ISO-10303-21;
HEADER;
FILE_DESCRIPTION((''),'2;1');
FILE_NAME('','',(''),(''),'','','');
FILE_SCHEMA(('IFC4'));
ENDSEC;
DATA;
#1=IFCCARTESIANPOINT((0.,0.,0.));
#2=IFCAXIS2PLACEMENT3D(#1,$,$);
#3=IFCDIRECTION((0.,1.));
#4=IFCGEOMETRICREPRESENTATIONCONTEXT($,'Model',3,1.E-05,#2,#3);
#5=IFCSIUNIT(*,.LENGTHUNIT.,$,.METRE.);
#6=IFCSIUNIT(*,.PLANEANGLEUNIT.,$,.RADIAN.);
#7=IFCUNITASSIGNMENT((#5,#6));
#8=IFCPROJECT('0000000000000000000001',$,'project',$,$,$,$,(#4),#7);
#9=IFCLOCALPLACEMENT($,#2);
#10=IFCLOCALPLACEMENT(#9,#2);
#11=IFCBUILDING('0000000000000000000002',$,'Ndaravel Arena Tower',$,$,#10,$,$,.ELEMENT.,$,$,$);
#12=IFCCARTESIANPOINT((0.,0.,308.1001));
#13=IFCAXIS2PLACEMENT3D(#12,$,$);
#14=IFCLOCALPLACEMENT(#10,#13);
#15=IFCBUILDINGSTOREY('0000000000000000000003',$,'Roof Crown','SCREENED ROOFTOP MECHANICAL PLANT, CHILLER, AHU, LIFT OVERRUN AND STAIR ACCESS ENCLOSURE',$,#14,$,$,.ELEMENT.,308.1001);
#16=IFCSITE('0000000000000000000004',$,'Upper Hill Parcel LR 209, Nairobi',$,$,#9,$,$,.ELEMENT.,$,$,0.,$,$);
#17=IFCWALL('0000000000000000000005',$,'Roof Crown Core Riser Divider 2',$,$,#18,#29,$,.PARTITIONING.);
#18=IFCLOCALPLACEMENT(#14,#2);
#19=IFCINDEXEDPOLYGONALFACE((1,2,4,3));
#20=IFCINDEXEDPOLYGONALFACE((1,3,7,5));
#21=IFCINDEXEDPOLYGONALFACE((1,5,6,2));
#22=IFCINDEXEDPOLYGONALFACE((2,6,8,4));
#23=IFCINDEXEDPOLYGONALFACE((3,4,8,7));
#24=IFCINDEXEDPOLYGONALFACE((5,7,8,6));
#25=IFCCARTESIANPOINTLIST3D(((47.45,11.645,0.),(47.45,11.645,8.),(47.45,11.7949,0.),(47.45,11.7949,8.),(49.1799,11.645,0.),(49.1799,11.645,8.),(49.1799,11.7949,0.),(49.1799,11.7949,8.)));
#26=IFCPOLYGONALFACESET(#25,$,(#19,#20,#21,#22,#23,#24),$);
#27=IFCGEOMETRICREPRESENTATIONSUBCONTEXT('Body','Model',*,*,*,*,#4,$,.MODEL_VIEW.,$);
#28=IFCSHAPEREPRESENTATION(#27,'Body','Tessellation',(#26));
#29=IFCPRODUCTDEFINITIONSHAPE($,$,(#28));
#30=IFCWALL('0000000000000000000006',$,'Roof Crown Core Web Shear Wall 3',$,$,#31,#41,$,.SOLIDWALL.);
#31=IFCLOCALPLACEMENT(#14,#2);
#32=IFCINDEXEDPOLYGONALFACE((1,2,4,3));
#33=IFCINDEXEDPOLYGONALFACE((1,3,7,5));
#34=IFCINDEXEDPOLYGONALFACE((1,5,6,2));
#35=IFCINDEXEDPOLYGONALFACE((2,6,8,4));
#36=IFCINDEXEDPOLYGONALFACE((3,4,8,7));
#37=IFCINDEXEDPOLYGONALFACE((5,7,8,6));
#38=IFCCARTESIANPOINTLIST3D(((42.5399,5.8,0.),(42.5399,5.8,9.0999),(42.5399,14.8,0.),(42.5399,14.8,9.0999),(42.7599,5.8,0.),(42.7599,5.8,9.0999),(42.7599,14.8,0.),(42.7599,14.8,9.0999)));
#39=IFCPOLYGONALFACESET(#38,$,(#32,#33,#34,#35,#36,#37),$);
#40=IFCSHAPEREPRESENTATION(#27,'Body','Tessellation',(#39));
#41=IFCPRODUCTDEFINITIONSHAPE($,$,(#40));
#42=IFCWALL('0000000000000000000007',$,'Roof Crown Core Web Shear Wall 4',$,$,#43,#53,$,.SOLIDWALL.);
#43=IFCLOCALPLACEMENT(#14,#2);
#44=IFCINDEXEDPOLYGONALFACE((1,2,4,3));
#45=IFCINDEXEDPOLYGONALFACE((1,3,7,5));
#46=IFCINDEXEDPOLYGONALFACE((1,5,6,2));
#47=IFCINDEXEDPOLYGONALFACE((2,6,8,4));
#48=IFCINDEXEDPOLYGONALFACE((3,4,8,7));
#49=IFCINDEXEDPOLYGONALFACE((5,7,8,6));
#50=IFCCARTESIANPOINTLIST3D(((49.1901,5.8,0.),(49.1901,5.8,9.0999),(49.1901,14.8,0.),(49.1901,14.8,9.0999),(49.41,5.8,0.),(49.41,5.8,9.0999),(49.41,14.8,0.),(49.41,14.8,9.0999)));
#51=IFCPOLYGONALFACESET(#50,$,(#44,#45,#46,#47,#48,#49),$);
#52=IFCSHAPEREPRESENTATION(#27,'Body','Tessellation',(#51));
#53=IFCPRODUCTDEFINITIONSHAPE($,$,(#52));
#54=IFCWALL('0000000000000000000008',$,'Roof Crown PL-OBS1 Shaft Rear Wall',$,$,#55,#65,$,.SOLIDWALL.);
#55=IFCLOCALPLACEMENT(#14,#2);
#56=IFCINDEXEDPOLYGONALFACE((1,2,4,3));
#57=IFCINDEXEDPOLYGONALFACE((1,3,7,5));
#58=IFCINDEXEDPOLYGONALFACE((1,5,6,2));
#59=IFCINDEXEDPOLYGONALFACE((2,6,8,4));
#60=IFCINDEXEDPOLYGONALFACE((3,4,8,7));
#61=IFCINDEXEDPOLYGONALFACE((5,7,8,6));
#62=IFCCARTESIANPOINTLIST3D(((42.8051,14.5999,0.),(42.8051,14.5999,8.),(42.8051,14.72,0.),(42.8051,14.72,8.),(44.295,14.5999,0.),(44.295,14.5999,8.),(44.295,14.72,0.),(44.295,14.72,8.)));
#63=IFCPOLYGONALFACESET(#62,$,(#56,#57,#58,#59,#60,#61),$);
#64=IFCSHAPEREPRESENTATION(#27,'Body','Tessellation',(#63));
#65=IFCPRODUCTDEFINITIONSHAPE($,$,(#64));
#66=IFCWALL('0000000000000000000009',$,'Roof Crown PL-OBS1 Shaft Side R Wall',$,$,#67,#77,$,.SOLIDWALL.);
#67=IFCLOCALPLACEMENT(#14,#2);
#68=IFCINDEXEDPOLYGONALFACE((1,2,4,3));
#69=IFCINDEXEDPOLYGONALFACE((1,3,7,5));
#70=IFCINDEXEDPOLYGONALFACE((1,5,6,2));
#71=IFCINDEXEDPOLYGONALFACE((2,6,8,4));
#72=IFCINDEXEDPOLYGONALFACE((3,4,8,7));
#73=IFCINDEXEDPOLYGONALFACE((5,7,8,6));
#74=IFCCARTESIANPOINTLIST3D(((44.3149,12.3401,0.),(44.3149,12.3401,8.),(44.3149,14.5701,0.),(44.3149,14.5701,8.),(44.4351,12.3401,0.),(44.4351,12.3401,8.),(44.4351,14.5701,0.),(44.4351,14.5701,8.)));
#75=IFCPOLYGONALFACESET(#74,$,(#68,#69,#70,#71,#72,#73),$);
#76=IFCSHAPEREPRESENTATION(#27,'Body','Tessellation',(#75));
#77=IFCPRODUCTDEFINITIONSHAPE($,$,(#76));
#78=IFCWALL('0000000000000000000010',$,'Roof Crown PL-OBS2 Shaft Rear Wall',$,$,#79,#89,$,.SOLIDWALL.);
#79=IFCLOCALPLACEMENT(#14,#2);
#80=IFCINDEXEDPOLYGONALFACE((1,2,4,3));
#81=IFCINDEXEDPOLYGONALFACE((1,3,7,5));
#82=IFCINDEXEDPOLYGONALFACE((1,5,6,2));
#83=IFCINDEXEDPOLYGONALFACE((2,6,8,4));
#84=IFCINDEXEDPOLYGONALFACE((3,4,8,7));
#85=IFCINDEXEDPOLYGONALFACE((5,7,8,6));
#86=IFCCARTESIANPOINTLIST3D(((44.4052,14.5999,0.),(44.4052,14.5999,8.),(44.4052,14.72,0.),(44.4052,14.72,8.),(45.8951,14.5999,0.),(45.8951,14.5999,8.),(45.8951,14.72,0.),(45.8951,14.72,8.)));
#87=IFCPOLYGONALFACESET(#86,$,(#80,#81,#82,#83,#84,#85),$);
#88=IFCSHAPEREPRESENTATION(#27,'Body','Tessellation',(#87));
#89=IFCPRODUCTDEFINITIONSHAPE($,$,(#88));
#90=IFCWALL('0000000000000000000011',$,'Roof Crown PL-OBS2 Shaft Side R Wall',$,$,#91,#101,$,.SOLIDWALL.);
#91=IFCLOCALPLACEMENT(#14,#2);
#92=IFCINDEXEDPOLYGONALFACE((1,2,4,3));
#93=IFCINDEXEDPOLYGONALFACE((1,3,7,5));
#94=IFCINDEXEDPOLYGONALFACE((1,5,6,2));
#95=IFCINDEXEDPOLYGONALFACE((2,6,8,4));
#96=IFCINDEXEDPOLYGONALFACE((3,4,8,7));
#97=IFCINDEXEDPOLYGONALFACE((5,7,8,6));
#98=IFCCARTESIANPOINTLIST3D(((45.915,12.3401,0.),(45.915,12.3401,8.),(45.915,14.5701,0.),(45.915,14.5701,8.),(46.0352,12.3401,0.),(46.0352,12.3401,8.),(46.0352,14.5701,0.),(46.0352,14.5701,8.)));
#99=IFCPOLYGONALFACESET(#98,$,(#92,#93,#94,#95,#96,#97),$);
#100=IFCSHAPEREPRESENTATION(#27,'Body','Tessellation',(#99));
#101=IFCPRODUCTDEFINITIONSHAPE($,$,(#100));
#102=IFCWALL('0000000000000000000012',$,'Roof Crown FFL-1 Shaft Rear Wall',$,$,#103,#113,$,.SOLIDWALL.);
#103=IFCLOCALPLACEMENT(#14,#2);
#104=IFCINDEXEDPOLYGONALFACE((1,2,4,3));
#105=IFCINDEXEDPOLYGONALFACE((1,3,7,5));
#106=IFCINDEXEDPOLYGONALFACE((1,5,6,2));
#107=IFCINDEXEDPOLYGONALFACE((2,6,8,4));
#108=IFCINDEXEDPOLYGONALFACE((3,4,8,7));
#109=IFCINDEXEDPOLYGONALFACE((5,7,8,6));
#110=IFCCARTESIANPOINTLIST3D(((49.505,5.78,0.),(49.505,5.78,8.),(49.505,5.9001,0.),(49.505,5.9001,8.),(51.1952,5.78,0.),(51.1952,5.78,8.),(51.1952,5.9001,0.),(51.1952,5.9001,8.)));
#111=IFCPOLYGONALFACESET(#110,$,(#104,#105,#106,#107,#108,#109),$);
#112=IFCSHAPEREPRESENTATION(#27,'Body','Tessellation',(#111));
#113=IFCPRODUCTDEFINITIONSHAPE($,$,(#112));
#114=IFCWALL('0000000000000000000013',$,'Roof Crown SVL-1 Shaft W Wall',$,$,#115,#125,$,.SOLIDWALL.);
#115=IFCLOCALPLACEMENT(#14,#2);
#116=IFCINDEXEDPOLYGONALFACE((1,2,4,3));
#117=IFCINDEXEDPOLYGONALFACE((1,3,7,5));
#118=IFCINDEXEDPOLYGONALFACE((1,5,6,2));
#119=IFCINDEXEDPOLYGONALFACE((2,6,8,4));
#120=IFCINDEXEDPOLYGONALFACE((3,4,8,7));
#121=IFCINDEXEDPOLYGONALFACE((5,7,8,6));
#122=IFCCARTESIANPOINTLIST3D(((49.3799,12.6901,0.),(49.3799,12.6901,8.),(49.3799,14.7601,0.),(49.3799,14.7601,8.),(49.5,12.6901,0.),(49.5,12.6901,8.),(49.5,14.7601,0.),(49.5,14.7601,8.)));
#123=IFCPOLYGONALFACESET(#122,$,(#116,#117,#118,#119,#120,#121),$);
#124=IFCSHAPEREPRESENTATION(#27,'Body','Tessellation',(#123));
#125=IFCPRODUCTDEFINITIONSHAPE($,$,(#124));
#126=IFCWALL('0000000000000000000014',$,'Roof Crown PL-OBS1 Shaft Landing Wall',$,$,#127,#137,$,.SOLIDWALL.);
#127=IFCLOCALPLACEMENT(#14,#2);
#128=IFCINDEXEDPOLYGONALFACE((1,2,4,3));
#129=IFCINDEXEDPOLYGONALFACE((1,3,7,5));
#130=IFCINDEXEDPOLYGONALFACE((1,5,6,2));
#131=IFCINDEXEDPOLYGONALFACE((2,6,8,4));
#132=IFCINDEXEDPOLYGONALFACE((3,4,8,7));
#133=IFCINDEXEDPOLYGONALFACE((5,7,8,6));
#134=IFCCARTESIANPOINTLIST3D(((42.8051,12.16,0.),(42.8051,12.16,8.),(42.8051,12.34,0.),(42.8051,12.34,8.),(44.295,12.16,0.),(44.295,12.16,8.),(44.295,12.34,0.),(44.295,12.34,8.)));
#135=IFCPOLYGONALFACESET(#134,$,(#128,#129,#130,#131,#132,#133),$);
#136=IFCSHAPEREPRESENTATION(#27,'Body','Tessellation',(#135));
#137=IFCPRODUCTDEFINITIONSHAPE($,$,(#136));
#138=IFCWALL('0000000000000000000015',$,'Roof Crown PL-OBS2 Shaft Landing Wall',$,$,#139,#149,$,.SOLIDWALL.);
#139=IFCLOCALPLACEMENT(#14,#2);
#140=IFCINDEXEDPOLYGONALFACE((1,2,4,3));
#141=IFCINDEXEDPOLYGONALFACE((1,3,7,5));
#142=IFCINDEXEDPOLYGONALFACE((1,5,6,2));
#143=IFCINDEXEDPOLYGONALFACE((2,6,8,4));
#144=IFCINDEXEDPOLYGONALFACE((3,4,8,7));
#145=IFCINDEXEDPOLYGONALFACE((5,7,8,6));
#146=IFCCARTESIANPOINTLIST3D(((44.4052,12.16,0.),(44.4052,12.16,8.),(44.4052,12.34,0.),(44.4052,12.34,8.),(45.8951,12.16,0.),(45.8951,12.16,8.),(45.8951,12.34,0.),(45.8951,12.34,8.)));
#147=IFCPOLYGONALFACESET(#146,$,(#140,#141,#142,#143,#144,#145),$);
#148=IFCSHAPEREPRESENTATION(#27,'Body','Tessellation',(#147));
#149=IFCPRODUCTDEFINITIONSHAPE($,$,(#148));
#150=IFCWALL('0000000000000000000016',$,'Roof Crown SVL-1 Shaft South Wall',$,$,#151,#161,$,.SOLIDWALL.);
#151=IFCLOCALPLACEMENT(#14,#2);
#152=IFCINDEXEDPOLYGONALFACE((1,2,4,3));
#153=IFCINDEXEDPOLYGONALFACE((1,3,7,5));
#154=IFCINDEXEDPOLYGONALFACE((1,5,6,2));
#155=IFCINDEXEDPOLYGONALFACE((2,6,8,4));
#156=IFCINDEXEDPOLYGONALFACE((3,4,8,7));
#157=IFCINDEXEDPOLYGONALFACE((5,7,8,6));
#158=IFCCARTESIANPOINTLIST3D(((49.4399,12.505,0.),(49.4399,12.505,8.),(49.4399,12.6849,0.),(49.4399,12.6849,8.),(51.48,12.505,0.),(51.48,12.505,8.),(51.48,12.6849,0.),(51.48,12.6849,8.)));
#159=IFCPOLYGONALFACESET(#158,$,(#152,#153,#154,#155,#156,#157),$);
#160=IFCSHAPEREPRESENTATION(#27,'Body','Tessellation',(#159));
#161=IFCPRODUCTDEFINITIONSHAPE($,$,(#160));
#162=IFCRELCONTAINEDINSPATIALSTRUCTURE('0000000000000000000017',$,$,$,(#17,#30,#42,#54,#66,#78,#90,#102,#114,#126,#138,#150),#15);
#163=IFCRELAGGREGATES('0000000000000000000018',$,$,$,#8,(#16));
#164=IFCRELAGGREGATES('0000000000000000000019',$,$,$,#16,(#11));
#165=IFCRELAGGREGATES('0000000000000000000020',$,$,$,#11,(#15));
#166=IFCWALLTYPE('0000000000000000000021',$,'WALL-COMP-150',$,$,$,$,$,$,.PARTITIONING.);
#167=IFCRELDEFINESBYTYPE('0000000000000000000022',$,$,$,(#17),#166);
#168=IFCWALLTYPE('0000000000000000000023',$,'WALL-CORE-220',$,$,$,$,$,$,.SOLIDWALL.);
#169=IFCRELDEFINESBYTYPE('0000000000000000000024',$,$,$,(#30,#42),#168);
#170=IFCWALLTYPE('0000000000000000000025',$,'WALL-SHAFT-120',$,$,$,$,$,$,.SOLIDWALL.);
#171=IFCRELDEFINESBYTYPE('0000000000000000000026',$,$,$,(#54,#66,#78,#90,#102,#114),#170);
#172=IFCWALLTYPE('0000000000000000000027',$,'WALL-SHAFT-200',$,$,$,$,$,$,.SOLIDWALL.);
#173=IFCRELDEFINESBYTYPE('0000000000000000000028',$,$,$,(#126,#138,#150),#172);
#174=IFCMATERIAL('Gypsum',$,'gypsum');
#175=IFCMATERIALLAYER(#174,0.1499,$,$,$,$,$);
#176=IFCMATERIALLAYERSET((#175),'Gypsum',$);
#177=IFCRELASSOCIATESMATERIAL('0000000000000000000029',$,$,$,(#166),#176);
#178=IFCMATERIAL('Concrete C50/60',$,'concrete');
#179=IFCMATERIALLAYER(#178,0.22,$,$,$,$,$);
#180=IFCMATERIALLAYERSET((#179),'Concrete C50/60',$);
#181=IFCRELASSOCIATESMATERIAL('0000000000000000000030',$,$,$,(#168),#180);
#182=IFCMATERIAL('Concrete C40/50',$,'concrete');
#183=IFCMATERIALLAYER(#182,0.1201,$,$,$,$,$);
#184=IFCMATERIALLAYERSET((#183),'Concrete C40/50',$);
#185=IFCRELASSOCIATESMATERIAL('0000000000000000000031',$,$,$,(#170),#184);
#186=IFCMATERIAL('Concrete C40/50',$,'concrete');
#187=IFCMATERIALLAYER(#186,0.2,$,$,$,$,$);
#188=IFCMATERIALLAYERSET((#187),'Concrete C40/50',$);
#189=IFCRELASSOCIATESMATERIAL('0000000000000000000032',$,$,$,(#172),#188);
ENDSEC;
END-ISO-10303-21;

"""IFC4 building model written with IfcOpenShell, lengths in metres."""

from ifc_helpers import new_model, si_unit, direction, frame, frame_2d, origin, place, context, subcontext, project, spatial, rectangle, extrude, material, layer, layer_set, type_object, element, save


model = new_model("IFC4")

# Units and contexts
model_context = context("Model", 3, precision=1e-05, world=origin(), true_north=direction((0.0, 1.0)))
body_context = subcontext(model_context, "Body", "Model", "MODEL_VIEW")
ifc_project = project(units=[si_unit("LENGTHUNIT", "METRE"), si_unit("PLANEANGLEUNIT", "RADIAN")], contexts=[model_context])

# Site, building, storey
site_placement = place(None, origin())
site = spatial("IfcSite", under=ifc_project, at=site_placement, Name="Upper Hill Parcel LR 209, Nairobi", CompositionType="ELEMENT", RefElevation=0.0)
building_placement = place(site_placement, origin())
building = spatial("IfcBuilding", under=site, at=building_placement, Name="Ndaravel Arena Tower", CompositionType="ELEMENT")
storey_placement = place(building_placement, frame((0.0, 0.0, 308.1001)))
storey = spatial("IfcBuildingStorey", under=building, at=storey_placement, Name="Roof Crown", Description="SCREENED ROOFTOP MECHANICAL PLANT, CHILLER, AHU, LIFT OVERRUN AND STAIR ACCESS ENCLOSURE", CompositionType="ELEMENT", Elevation=308.1001)

# Shared definitions
ifc_material_1 = material(Name="Gypsum", Category="gypsum")
ifc_layer_1 = layer(ifc_material_1, 0.1499)
ifc_layer_set_1 = layer_set([ifc_layer_1], Name="Gypsum")
wall_type_1 = type_object("IfcWallType", Name="WALL-COMP-150", PredefinedType="PARTITIONING", material=ifc_layer_set_1)

# Walls
wall_1_placement = place(storey_placement, frame((47.45, 11.72, 0.0), z_axis=(0.0, 0.0, 1.0), x_axis=(1.0, 0.0, 0.0)))
element("IfcWall", 1, at=wall_1_placement, inside=storey, type_object=wall_type_1, Name="Roof Crown Core Riser Divider 2", PredefinedType="PARTITIONING", context=body_context, shape_type="SweptSolid", body=[
    extrude(rectangle(XDim=1.73, YDim=0.1499, at=frame_2d((0.865, 0.0))), origin(), (0.0, 0.0, 1.0), 8.0),
])
ifc_material_2 = material(Name="Concrete C50/60", Category="concrete")
ifc_layer_2 = layer(ifc_material_2, 0.22)
ifc_layer_set_2 = layer_set([ifc_layer_2], Name="Concrete C50/60")
wall_type_2 = type_object("IfcWallType", Name="WALL-CORE-220", PredefinedType="SOLIDWALL", material=ifc_layer_set_2)
for number, where, z_axis, x_axis, name in (
    (2, (42.6499, 5.8, 0.0), (0.0, 0.0, 1.0), (0.0, 1.0, 0.0), "Roof Crown Core Web Shear Wall 3"),
    (3, (49.3, 5.8, 0.0), (0.0, 0.0, 1.0), (0.0, 1.0, 0.0), "Roof Crown Core Web Shear Wall 4"),
):
    element("IfcWall", number, at=place(storey_placement, frame(where, z_axis=z_axis, x_axis=x_axis)), inside=storey, type_object=wall_type_2, Name=name, PredefinedType="SOLIDWALL", context=body_context, shape_type="SweptSolid", body=[
        extrude(rectangle(XDim=9.0, YDim=0.22, at=frame_2d((4.5, 0.0))), origin(), (0.0, 0.0, 1.0), 9.0999),
    ])
ifc_material_3 = material(Name="Concrete C40/50", Category="concrete")
ifc_layer_3 = layer(ifc_material_3, 0.1201)
ifc_layer_set_3 = layer_set([ifc_layer_3], Name="Concrete C40/50")
wall_type_3 = type_object("IfcWallType", Name="WALL-SHAFT-120", PredefinedType="SOLIDWALL", material=ifc_layer_set_3)
wall_2_placement = place(storey_placement, frame((42.8049, 14.6599, 0.0), z_axis=(0.0, 0.0, 1.0), x_axis=(1.0, 0.0, 0.0)))
element("IfcWall", 4, at=wall_2_placement, inside=storey, type_object=wall_type_3, Name="Roof Crown PL-OBS1 Shaft Rear Wall", PredefinedType="SOLIDWALL", context=body_context, shape_type="SweptSolid", body=[
    extrude(rectangle(XDim=1.49, YDim=0.1201, at=frame_2d((0.7451, 0.0))), origin(), (0.0, 0.0, 1.0), 8.0),
])
wall_3_placement = place(storey_placement, frame((44.375, 12.3401, 0.0), z_axis=(0.0, 0.0, 1.0), x_axis=(0.0, 1.0, 0.0)))
element("IfcWall", 5, at=wall_3_placement, inside=storey, type_object=wall_type_3, Name="Roof Crown PL-OBS1 Shaft Side R Wall", PredefinedType="SOLIDWALL", context=body_context, shape_type="SweptSolid", body=[
    extrude(rectangle(XDim=2.23, YDim=0.1201, at=frame_2d((1.115, 0.0))), origin(), (0.0, 0.0, 1.0), 8.0),
])
wall_4_placement = place(storey_placement, frame((44.405, 14.6599, 0.0), z_axis=(0.0, 0.0, 1.0), x_axis=(1.0, 0.0, 0.0)))
element("IfcWall", 6, at=wall_4_placement, inside=storey, type_object=wall_type_3, Name="Roof Crown PL-OBS2 Shaft Rear Wall", PredefinedType="SOLIDWALL", context=body_context, shape_type="SweptSolid", body=[
    extrude(rectangle(XDim=1.49, YDim=0.1201, at=frame_2d((0.7451, 0.0))), origin(), (0.0, 0.0, 1.0), 8.0),
])
wall_5_placement = place(storey_placement, frame((45.9751, 12.3401, 0.0), z_axis=(0.0, 0.0, 1.0), x_axis=(0.0, 1.0, 0.0)))
element("IfcWall", 7, at=wall_5_placement, inside=storey, type_object=wall_type_3, Name="Roof Crown PL-OBS2 Shaft Side R Wall", PredefinedType="SOLIDWALL", context=body_context, shape_type="SweptSolid", body=[
    extrude(rectangle(XDim=2.23, YDim=0.1201, at=frame_2d((1.115, 0.0))), origin(), (0.0, 0.0, 1.0), 8.0),
])
wall_6_placement = place(storey_placement, frame((49.5049, 5.8401, 0.0), z_axis=(0.0, 0.0, 1.0), x_axis=(1.0, 0.0, 0.0)))
element("IfcWall", 8, at=wall_6_placement, inside=storey, type_object=wall_type_3, Name="Roof Crown FFL-1 Shaft Rear Wall", PredefinedType="SOLIDWALL", context=body_context, shape_type="SweptSolid", body=[
    extrude(rectangle(XDim=1.6902, YDim=0.1201, at=frame_2d((0.8452, 0.0))), origin(), (0.0, 0.0, 1.0), 8.0),
])
wall_7_placement = place(storey_placement, frame((49.4399, 12.6899, 0.0), z_axis=(0.0, 0.0, 1.0), x_axis=(0.0, 1.0, 0.0)))
element("IfcWall", 9, at=wall_7_placement, inside=storey, type_object=wall_type_3, Name="Roof Crown SVL-1 Shaft W Wall", PredefinedType="SOLIDWALL", context=body_context, shape_type="SweptSolid", body=[
    extrude(rectangle(XDim=2.0701, YDim=0.1201, at=frame_2d((1.0352, 0.0))), origin(), (0.0, 0.0, 1.0), 8.0),
])
ifc_material_4 = material(Name="Concrete C40/50", Category="concrete")
ifc_layer_4 = layer(ifc_material_4, 0.2)
ifc_layer_set_4 = layer_set([ifc_layer_4], Name="Concrete C40/50")
wall_type_4 = type_object("IfcWallType", Name="WALL-SHAFT-200", PredefinedType="SOLIDWALL", material=ifc_layer_set_4)
for number, where, z_axis, x_axis, name in (
    (10, (42.8049, 12.25, 0.0), (0.0, 0.0, 1.0), (1.0, 0.0, 0.0), "Roof Crown PL-OBS1 Shaft Landing Wall"),
    (11, (44.405, 12.25, 0.0), (0.0, 0.0, 1.0), (1.0, 0.0, 0.0), "Roof Crown PL-OBS2 Shaft Landing Wall"),
):
    element("IfcWall", number, at=place(storey_placement, frame(where, z_axis=z_axis, x_axis=x_axis)), inside=storey, type_object=wall_type_4, Name=name, PredefinedType="SOLIDWALL", context=body_context, shape_type="SweptSolid", body=[
        extrude(rectangle(XDim=1.49, YDim=0.1799, at=frame_2d((0.7451, 0.0))), origin(), (0.0, 0.0, 1.0), 8.0),
    ])

# Wall
wall_8_placement = place(storey_placement, frame((49.4399, 12.595, 0.0), z_axis=(0.0, 0.0, 1.0), x_axis=(1.0, 0.0, 0.0)))
element("IfcWall", 12, at=wall_8_placement, inside=storey, type_object=wall_type_4, Name="Roof Crown SVL-1 Shaft South Wall", PredefinedType="SOLIDWALL", context=body_context, shape_type="SweptSolid", body=[
    extrude(rectangle(XDim=2.04, YDim=0.1799, at=frame_2d((1.02, 0.0))), origin(), (0.0, 0.0, 1.0), 8.0),
])

save(model, "model.ifc")
